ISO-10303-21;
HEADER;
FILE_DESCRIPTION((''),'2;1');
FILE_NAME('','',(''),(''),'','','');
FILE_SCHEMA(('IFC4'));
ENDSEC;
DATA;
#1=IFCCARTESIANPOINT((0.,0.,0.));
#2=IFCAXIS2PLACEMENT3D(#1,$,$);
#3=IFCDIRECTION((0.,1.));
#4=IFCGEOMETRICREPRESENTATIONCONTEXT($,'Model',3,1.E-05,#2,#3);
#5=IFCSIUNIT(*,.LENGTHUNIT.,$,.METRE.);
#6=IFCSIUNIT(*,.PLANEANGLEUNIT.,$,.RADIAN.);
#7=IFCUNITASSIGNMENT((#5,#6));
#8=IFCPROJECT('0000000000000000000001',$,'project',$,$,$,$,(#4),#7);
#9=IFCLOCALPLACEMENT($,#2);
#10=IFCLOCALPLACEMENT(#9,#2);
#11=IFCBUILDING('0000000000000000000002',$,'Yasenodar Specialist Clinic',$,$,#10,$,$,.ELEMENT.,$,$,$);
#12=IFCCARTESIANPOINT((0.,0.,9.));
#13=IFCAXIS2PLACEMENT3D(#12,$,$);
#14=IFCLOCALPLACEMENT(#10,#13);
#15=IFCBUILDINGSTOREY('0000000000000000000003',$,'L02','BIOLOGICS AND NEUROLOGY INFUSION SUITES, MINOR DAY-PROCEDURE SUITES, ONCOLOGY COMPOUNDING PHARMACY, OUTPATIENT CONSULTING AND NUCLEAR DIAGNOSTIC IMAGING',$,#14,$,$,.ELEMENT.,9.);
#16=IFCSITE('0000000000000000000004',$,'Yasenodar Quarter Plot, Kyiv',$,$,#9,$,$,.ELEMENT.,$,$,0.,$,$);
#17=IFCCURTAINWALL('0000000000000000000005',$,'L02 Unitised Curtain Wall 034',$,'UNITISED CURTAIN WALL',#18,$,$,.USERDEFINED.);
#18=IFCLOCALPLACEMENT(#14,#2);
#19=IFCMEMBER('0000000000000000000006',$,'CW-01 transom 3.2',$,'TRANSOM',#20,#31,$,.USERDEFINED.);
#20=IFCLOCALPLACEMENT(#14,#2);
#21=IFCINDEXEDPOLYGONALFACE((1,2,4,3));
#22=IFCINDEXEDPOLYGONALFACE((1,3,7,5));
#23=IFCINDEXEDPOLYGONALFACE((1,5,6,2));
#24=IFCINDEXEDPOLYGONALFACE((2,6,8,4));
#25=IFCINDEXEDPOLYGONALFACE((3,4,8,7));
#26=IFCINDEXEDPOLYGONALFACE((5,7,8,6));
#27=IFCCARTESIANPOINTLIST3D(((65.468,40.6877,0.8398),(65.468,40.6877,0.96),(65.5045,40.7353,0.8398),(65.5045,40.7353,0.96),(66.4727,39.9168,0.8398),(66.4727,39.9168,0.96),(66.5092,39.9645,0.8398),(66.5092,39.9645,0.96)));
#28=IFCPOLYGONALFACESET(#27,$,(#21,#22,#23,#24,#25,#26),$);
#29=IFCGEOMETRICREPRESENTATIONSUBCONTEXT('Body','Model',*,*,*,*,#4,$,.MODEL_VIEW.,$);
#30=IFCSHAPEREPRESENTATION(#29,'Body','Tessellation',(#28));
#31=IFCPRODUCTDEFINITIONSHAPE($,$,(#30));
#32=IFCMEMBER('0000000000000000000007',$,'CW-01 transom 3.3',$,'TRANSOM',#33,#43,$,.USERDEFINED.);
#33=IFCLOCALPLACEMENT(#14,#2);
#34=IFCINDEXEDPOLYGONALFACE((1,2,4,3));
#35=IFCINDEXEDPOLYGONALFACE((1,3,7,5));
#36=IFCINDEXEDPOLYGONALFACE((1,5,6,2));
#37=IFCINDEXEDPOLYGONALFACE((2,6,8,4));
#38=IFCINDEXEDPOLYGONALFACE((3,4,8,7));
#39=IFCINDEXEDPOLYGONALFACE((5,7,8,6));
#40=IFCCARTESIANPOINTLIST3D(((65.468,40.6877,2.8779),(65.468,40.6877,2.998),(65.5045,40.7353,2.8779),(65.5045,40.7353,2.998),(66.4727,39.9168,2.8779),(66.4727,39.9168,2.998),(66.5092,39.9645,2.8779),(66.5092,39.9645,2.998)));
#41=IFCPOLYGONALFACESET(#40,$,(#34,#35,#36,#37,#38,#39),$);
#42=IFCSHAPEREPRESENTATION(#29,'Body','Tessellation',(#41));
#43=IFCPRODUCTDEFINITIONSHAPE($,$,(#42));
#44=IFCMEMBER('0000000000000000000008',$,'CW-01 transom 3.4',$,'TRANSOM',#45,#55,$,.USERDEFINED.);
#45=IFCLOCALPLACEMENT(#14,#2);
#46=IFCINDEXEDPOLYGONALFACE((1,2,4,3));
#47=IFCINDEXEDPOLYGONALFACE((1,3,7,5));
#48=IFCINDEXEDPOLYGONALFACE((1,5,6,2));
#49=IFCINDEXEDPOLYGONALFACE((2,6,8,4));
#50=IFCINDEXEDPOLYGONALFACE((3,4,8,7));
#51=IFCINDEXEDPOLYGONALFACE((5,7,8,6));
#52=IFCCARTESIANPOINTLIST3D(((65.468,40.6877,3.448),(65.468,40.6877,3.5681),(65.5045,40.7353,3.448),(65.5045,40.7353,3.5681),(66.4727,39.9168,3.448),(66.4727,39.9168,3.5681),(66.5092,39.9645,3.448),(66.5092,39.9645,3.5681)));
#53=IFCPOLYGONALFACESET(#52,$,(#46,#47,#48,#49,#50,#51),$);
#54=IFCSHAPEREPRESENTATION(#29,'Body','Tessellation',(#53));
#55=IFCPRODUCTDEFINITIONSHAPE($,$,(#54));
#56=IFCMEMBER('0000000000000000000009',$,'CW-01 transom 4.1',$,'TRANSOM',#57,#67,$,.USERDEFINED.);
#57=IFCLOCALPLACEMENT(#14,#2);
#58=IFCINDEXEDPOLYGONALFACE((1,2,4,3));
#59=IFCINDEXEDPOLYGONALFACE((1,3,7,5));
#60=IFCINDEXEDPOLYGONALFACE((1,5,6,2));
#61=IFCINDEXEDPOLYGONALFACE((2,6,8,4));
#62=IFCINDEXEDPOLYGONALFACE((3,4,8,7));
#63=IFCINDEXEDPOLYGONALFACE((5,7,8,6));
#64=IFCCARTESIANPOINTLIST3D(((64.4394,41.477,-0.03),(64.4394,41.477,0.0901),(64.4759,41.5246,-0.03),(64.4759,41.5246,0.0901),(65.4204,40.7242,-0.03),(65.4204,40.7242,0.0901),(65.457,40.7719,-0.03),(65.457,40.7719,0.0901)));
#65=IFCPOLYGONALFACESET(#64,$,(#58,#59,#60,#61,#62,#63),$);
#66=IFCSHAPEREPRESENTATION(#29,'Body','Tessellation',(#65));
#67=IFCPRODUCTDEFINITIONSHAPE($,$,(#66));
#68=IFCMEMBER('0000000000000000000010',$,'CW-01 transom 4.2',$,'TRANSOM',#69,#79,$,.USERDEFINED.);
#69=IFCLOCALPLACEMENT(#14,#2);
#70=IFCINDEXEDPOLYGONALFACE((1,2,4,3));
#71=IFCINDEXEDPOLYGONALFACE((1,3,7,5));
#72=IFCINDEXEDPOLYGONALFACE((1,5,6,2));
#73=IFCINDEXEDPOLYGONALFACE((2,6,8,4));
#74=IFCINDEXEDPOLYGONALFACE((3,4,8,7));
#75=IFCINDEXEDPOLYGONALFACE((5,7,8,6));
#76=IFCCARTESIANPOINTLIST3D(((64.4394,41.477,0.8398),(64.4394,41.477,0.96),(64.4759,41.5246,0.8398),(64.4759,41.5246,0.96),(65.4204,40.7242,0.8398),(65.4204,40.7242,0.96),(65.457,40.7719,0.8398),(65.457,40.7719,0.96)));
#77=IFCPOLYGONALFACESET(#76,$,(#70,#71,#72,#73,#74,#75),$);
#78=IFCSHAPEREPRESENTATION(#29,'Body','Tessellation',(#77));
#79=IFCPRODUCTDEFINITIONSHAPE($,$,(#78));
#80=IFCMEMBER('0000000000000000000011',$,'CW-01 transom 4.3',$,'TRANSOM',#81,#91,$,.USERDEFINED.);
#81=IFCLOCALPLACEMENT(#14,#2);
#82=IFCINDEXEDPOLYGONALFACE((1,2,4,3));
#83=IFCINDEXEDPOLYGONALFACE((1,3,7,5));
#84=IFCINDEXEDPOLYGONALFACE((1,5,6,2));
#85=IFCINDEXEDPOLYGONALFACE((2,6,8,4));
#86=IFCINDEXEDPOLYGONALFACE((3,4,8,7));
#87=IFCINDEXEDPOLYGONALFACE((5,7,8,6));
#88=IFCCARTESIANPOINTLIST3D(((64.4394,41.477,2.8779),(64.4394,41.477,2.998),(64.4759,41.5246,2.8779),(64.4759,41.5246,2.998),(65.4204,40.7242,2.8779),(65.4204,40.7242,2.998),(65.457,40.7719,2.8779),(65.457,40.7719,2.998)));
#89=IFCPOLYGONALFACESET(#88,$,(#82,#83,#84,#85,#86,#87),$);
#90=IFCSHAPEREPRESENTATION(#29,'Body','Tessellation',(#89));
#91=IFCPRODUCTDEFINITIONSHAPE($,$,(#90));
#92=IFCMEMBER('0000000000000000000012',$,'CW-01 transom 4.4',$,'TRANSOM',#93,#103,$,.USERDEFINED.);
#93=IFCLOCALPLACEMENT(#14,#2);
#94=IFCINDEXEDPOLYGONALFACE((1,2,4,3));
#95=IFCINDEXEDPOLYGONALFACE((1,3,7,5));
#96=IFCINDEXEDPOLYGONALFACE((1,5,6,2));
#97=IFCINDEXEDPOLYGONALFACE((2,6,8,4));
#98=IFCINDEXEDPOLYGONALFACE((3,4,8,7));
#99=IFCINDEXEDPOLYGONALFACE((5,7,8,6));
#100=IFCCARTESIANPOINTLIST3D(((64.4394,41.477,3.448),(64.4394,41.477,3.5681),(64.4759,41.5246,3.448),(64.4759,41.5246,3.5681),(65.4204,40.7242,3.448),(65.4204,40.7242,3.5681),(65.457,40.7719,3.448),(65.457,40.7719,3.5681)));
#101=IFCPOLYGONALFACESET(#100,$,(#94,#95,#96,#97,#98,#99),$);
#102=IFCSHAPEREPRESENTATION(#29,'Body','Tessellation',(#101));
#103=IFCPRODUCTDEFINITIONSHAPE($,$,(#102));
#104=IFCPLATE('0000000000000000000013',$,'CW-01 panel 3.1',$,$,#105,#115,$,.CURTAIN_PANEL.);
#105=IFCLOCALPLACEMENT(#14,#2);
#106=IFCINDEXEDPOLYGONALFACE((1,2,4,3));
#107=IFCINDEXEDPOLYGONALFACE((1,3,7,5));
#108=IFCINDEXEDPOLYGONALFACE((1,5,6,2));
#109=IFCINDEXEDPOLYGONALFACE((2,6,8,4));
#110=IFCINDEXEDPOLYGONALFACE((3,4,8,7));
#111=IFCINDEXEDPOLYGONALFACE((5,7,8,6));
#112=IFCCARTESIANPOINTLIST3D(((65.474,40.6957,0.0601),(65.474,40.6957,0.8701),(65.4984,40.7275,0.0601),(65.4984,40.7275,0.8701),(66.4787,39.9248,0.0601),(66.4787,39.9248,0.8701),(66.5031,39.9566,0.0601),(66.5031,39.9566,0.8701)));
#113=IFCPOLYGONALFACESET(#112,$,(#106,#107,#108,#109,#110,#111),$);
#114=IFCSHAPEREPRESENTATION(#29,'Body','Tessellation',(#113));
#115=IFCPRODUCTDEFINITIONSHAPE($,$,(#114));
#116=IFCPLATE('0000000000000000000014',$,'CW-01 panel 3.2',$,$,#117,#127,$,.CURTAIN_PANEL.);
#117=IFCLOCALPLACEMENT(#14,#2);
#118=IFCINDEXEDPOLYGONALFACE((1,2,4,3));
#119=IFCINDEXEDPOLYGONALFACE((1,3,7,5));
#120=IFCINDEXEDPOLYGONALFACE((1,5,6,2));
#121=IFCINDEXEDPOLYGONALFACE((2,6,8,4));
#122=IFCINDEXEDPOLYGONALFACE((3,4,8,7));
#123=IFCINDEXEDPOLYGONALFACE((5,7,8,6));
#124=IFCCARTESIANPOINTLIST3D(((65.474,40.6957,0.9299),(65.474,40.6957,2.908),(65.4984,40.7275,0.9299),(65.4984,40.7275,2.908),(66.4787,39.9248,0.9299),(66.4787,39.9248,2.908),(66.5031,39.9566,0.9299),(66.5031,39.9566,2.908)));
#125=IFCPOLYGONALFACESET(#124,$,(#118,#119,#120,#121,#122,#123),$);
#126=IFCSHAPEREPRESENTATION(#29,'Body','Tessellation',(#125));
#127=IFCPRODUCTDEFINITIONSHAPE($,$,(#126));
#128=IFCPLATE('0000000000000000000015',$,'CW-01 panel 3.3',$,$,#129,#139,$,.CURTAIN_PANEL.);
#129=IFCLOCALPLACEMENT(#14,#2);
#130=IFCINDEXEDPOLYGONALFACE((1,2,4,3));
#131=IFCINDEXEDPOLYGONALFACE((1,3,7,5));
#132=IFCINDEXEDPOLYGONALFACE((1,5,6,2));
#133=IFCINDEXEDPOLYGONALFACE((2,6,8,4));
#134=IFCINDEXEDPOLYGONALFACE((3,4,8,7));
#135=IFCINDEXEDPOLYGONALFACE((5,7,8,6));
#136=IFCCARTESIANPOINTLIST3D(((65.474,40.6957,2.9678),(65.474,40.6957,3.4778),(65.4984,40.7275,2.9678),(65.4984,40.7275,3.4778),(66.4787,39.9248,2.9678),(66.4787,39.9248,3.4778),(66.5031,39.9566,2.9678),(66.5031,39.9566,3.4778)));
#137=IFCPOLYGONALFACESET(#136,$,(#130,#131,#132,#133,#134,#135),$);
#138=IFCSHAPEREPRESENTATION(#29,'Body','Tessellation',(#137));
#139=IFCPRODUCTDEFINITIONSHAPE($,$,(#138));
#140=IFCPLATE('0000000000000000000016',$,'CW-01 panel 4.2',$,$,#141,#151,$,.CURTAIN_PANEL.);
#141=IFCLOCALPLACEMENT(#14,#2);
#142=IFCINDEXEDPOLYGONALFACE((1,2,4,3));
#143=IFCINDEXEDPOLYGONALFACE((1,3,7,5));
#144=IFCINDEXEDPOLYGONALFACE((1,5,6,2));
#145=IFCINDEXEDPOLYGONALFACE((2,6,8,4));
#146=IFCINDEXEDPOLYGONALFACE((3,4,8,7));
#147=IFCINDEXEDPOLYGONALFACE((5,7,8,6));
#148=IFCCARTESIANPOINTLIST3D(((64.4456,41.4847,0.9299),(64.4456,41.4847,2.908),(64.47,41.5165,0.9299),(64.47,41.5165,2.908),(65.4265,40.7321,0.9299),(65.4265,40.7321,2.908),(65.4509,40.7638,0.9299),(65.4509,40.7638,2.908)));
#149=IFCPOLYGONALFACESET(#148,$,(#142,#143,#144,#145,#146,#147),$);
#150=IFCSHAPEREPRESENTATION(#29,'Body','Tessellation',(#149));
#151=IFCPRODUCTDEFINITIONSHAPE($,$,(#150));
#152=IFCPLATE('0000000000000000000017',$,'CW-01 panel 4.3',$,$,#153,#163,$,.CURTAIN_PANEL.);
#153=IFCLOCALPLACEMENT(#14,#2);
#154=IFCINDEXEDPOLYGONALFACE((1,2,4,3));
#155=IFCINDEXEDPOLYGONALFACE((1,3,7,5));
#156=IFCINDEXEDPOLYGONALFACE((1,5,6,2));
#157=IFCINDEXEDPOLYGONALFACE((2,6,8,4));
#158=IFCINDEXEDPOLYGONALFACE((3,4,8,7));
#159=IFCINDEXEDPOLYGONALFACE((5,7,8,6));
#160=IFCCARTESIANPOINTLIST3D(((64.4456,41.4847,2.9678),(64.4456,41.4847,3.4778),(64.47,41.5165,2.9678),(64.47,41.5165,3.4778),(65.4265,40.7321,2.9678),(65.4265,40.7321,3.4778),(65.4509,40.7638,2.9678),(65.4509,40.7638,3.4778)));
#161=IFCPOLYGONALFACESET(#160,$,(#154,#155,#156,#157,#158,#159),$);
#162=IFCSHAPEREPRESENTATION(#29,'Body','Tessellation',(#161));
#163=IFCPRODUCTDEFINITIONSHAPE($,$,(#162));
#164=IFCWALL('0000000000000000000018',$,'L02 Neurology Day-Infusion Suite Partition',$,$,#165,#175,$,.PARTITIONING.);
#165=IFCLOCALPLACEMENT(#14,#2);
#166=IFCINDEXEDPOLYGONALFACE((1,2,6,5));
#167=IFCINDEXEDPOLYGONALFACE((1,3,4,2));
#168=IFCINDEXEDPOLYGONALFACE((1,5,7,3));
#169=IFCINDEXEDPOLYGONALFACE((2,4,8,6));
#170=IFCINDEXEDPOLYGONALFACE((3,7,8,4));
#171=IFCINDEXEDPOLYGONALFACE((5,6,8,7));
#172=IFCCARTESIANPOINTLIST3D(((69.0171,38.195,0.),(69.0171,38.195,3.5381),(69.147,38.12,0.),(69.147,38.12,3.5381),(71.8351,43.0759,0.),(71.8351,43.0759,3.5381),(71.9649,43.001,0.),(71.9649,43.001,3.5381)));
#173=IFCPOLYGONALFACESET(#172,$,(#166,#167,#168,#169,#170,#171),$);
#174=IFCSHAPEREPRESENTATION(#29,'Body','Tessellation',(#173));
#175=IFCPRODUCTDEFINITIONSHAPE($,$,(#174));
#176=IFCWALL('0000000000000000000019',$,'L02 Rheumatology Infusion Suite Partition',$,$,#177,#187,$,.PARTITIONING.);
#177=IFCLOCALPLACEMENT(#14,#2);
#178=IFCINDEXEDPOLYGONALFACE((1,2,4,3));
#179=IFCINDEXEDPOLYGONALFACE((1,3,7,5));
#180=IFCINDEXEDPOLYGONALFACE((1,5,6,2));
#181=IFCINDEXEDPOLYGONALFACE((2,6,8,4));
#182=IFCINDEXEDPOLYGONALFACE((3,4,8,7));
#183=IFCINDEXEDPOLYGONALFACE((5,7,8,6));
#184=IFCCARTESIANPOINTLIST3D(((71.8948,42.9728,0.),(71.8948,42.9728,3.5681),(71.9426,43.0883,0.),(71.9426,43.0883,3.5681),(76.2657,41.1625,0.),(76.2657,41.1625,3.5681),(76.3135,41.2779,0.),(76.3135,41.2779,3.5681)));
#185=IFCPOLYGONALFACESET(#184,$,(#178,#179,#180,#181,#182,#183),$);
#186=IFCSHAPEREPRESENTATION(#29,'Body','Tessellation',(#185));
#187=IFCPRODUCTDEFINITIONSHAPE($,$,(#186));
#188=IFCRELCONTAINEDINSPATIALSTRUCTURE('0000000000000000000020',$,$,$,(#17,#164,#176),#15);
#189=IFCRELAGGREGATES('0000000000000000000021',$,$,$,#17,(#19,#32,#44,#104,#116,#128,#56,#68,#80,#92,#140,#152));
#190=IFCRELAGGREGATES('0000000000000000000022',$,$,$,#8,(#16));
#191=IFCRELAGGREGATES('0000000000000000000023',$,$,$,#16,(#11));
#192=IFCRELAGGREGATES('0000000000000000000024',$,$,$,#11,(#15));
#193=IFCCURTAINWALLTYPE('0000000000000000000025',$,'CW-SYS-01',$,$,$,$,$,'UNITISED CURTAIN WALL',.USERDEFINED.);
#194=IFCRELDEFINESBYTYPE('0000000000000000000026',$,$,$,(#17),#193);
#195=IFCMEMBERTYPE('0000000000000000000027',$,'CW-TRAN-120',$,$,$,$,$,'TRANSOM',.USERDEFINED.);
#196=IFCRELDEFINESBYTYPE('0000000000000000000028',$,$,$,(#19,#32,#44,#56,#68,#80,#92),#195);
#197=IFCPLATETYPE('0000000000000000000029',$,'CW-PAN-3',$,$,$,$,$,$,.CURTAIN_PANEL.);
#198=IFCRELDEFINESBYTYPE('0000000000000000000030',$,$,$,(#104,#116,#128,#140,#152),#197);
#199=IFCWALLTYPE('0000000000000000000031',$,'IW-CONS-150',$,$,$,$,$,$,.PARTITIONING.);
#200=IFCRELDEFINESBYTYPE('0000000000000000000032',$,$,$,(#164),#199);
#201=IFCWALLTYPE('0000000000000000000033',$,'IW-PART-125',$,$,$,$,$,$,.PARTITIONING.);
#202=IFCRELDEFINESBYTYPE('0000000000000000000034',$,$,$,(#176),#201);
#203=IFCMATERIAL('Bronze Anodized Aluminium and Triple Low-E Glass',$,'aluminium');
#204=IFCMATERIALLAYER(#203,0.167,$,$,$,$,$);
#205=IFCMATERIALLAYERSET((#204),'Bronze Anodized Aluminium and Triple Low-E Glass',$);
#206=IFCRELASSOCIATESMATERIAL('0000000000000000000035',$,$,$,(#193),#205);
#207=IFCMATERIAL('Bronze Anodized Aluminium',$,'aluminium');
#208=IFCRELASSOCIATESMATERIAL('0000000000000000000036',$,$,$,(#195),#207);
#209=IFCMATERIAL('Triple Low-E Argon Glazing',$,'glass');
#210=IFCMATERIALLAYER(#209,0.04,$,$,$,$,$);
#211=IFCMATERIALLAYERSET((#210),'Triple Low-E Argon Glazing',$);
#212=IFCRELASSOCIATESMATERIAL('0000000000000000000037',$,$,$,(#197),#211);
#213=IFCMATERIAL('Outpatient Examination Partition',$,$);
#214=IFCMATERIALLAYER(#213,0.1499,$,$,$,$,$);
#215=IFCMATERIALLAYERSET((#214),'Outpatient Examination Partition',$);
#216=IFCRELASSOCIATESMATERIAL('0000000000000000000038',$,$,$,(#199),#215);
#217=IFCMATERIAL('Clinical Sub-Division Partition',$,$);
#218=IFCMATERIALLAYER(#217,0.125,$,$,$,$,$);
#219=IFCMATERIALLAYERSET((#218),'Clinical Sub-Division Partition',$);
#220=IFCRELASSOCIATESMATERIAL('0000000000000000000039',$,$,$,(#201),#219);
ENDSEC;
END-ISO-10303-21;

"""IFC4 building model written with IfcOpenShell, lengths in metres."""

from ifc_helpers import new_model, si_unit, direction, frame, frame_2d, origin, origin_2d, place, context, subcontext, project, spatial, rectangle, extrude, material, layer, layer_set, material_profile, profile_set, type_object, element, aggregate, save


model = new_model("IFC4")

# Units and contexts
model_context = context("Model", 3, precision=1e-05, world=origin(), true_north=direction((0.0, 1.0)))
body_context = subcontext(model_context, "Body", "Model", "MODEL_VIEW")
ifc_project = project(units=[si_unit("LENGTHUNIT", "METRE"), si_unit("PLANEANGLEUNIT", "RADIAN")], contexts=[model_context])

# Site, building, storey
site_placement = place(None, origin())
site = spatial("IfcSite", under=ifc_project, at=site_placement, Name="Yasenodar Quarter Plot, Kyiv", CompositionType="ELEMENT", RefElevation=0.0)
building_placement = place(site_placement, origin())
building = spatial("IfcBuilding", under=site, at=building_placement, Name="Yasenodar Specialist Clinic", CompositionType="ELEMENT")
storey_placement = place(building_placement, frame((0.0, 0.0, 9.0)))
storey = spatial("IfcBuildingStorey", under=building, at=storey_placement, Name="L02", Description="BIOLOGICS AND NEUROLOGY INFUSION SUITES, MINOR DAY-PROCEDURE SUITES, ONCOLOGY COMPOUNDING PHARMACY, OUTPATIENT CONSULTING AND NUCLEAR DIAGNOSTIC IMAGING", CompositionType="ELEMENT", Elevation=9.0)

# Curtain wall, members, plates
ifc_material_1 = material(Name="Bronze Anodized Aluminium and Triple Low-E Glass", Category="aluminium")
ifc_layer_1 = layer(ifc_material_1, 0.167)
ifc_layer_set_1 = layer_set([ifc_layer_1], Name="Bronze Anodized Aluminium and Triple Low-E Glass")
curtain_wall_type = type_object("IfcCurtainWallType", Name="CW-SYS-01", ElementType="UNITISED CURTAIN WALL", PredefinedType="USERDEFINED", material=ifc_layer_set_1)
curtain_wall_placement = place(storey_placement, origin())
curtain_wall = element("IfcCurtainWall", 1, at=curtain_wall_placement, inside=storey, type_object=curtain_wall_type, Name="L02 Unitised Curtain Wall 034", ObjectType="UNITISED CURTAIN WALL", PredefinedType="USERDEFINED")
ifc_material_2 = material(Name="Bronze Anodized Aluminium", Category="aluminium")
ifc_material_profile_1 = material_profile(ifc_material_2, rectangle(XDim=0.0601, YDim=0.1201, at=origin_2d()), Name="CW-TRAN 60x120")
ifc_profile_set_1 = profile_set([ifc_material_profile_1], Name="Bronze Anodized Aluminium")
member_type_1 = type_object("IfcMemberType", Name="CW-TRAN-120", ElementType="TRANSOM", PredefinedType="USERDEFINED", material=ifc_profile_set_1)
member_1_placement = place(storey_placement, frame((66.491, 39.9407, 0.8999), z_axis=(-0.793405, 0.608695, 0.0), x_axis=(-0.608695, -0.793405, 0.0)))
member_1 = element("IfcMember", 2, at=member_1_placement, type_object=member_type_1, Name="CW-01 transom 3.2", ObjectType="TRANSOM", PredefinedType="USERDEFINED", context=body_context, shape_type="SweptSolid", body=[
    extrude(rectangle(XDim=0.0601, YDim=0.1201, at=origin_2d()), origin(), (0.0, 0.0, 1.0), 1.2664),
])
member_2_placement = place(storey_placement, frame((66.491, 39.9407, 2.938), z_axis=(-0.793405, 0.608695, 0.0), x_axis=(-0.608695, -0.793405, 0.0)))
member_2 = element("IfcMember", 3, at=member_2_placement, type_object=member_type_1, Name="CW-01 transom 3.3", ObjectType="TRANSOM", PredefinedType="USERDEFINED", context=body_context, shape_type="SweptSolid", body=[
    extrude(rectangle(XDim=0.0601, YDim=0.1201, at=origin_2d()), origin(), (0.0, 0.0, 1.0), 1.2664),
])
member_3_placement = place(storey_placement, frame((66.491, 39.9407, 3.5081), z_axis=(-0.793405, 0.608695, 0.0), x_axis=(-0.608695, -0.793405, 0.0)))
member_3 = element("IfcMember", 4, at=member_3_placement, type_object=member_type_1, Name="CW-01 transom 3.4", ObjectType="TRANSOM", PredefinedType="USERDEFINED", context=body_context, shape_type="SweptSolid", body=[
    extrude(rectangle(XDim=0.0601, YDim=0.1201, at=origin_2d()), origin(), (0.0, 0.0, 1.0), 1.2664),
])
member_4_placement = place(storey_placement, frame((65.4387, 40.748, 0.03), z_axis=(-0.793365, 0.608747, 0.0), x_axis=(-0.608747, -0.793365, 0.0)))
member_4 = element("IfcMember", 5, at=member_4_placement, type_object=member_type_1, Name="CW-01 transom 4.1", ObjectType="TRANSOM", PredefinedType="USERDEFINED", context=body_context, shape_type="SweptSolid", body=[
    extrude(rectangle(XDim=0.0601, YDim=0.1201, at=origin_2d()), origin(), (0.0, 0.0, 1.0), 1.2366),
])
member_5_placement = place(storey_placement, frame((65.4387, 40.748, 0.8999), z_axis=(-0.793365, 0.608747, 0.0), x_axis=(-0.608747, -0.793365, 0.0)))
member_5 = element("IfcMember", 6, at=member_5_placement, type_object=member_type_1, Name="CW-01 transom 4.2", ObjectType="TRANSOM", PredefinedType="USERDEFINED", context=body_context, shape_type="SweptSolid", body=[
    extrude(rectangle(XDim=0.0601, YDim=0.1201, at=origin_2d()), origin(), (0.0, 0.0, 1.0), 1.2366),
])
member_6_placement = place(storey_placement, frame((65.4387, 40.748, 2.938), z_axis=(-0.793365, 0.608747, 0.0), x_axis=(-0.608747, -0.793365, 0.0)))
member_6 = element("IfcMember", 7, at=member_6_placement, type_object=member_type_1, Name="CW-01 transom 4.3", ObjectType="TRANSOM", PredefinedType="USERDEFINED", context=body_context, shape_type="SweptSolid", body=[
    extrude(rectangle(XDim=0.0601, YDim=0.1201, at=origin_2d()), origin(), (0.0, 0.0, 1.0), 1.2366),
])
member_7_placement = place(storey_placement, frame((65.4387, 40.748, 3.5081), z_axis=(-0.793365, 0.608747, 0.0), x_axis=(-0.608747, -0.793365, 0.0)))
member_7 = element("IfcMember", 8, at=member_7_placement, type_object=member_type_1, Name="CW-01 transom 4.4", ObjectType="TRANSOM", PredefinedType="USERDEFINED", context=body_context, shape_type="SweptSolid", body=[
    extrude(rectangle(XDim=0.0601, YDim=0.1201, at=origin_2d()), origin(), (0.0, 0.0, 1.0), 1.2366),
])
ifc_material_3 = material(Name="Triple Low-E Argon Glazing", Category="glass")
ifc_layer_2 = layer(ifc_material_3, 0.04)
ifc_layer_set_2 = layer_set([ifc_layer_2], Name="Triple Low-E Argon Glazing")
plate_type = type_object("IfcPlateType", Name="CW-PAN-3", PredefinedType="CURTAIN_PANEL", material=ifc_layer_set_2)
plate_1_placement = place(storey_placement, frame((65.9885, 40.3262, 0.0601), z_axis=(0.0, 0.0, 1.0), x_axis=(-0.793361, 0.608752, 0.0)))
plate_1 = element("IfcPlate", 9, at=plate_1_placement, type_object=plate_type, Name="CW-01 panel 3.1", PredefinedType="CURTAIN_PANEL", context=body_context, shape_type="SweptSolid", body=[
    extrude(rectangle(XDim=1.2664, YDim=0.04, at=origin_2d()), origin(), (0.0, 0.0, 1.0), 0.8101),
])
plate_2_placement = place(storey_placement, frame((65.9885, 40.3262, 0.9299), z_axis=(0.0, 0.0, 1.0), x_axis=(-0.793361, 0.608752, 0.0)))
plate_2 = element("IfcPlate", 10, at=plate_2_placement, type_object=plate_type, Name="CW-01 panel 3.2", PredefinedType="CURTAIN_PANEL", context=body_context, shape_type="SweptSolid", body=[
    extrude(rectangle(XDim=1.2664, YDim=0.04, at=origin_2d()), origin(), (0.0, 0.0, 1.0), 1.978),
])
plate_3_placement = place(storey_placement, frame((65.9885, 40.3262, 2.9678), z_axis=(0.0, 0.0, 1.0), x_axis=(-0.793361, 0.608752, 0.0)))
plate_3 = element("IfcPlate", 11, at=plate_3_placement, type_object=plate_type, Name="CW-01 panel 3.3", PredefinedType="CURTAIN_PANEL", context=body_context, shape_type="SweptSolid", body=[
    extrude(rectangle(XDim=1.2664, YDim=0.04, at=origin_2d()), origin(), (0.0, 0.0, 1.0), 0.51),
])
plate_4_placement = place(storey_placement, frame((64.9482, 41.1243, 0.9299), z_axis=(0.0, 0.0, 1.0), x_axis=(-0.793361, 0.608752, 0.0)))
plate_4 = element("IfcPlate", 12, at=plate_4_placement, type_object=plate_type, Name="CW-01 panel 4.2", PredefinedType="CURTAIN_PANEL", context=body_context, shape_type="SweptSolid", body=[
    extrude(rectangle(XDim=1.2363, YDim=0.04, at=origin_2d()), origin(), (0.0, 0.0, 1.0), 1.978),
])
plate_5_placement = place(storey_placement, frame((64.9482, 41.1243, 2.9678), z_axis=(0.0, 0.0, 1.0), x_axis=(-0.793361, 0.608752, 0.0)))
plate_5 = element("IfcPlate", 13, at=plate_5_placement, type_object=plate_type, Name="CW-01 panel 4.3", PredefinedType="CURTAIN_PANEL", context=body_context, shape_type="SweptSolid", body=[
    extrude(rectangle(XDim=1.2363, YDim=0.04, at=origin_2d()), origin(), (0.0, 0.0, 1.0), 0.51),
])
aggregate(curtain_wall, [member_1, member_2, member_3, plate_1, plate_2, plate_3, member_4, member_5, member_6, member_7, plate_4, plate_5])

# Walls
ifc_material_4 = material(Name="Outpatient Examination Partition")
ifc_layer_3 = layer(ifc_material_4, 0.1499)
ifc_layer_set_3 = layer_set([ifc_layer_3], Name="Outpatient Examination Partition")
wall_type_1 = type_object("IfcWallType", Name="IW-CONS-150", PredefinedType="PARTITIONING", material=ifc_layer_set_3)
wall_1_placement = place(storey_placement, frame((71.8999, 43.0383, 0.0), z_axis=(0.0, 0.0, 1.0), x_axis=(-0.499987, -0.866033, 0.0)))
element("IfcWall", 14, at=wall_1_placement, inside=storey, type_object=wall_type_1, Name="L02 Neurology Day-Infusion Suite Partition", PredefinedType="PARTITIONING", context=body_context, shape_type="SweptSolid", body=[
    extrude(rectangle(XDim=5.636, YDim=0.1499, at=frame_2d((2.8179, 0.0))), origin(), (0.0, 0.0, 1.0), 3.5381),
])
ifc_material_5 = material(Name="Clinical Sub-Division Partition")
ifc_layer_4 = layer(ifc_material_5, 0.125)
ifc_layer_set_4 = layer_set([ifc_layer_4], Name="Clinical Sub-Division Partition")
wall_type_2 = type_object("IfcWallType", Name="IW-PART-125", PredefinedType="PARTITIONING", material=ifc_layer_set_4)
wall_2_placement = place(storey_placement, frame((71.9187, 43.0305, 0.0), z_axis=(0.0, 0.0, 1.0), x_axis=(0.923892, -0.382654, 0.0)))
element("IfcWall", 15, at=wall_2_placement, inside=storey, type_object=wall_type_2, Name="L02 Rheumatology Infusion Suite Partition", PredefinedType="PARTITIONING", context=body_context, shape_type="SweptSolid", body=[
    extrude(rectangle(XDim=4.731, YDim=0.125, at=frame_2d((2.3655, 0.0))), origin(), (0.0, 0.0, 1.0), 3.5681),
])

save(model, "model.ifc")
